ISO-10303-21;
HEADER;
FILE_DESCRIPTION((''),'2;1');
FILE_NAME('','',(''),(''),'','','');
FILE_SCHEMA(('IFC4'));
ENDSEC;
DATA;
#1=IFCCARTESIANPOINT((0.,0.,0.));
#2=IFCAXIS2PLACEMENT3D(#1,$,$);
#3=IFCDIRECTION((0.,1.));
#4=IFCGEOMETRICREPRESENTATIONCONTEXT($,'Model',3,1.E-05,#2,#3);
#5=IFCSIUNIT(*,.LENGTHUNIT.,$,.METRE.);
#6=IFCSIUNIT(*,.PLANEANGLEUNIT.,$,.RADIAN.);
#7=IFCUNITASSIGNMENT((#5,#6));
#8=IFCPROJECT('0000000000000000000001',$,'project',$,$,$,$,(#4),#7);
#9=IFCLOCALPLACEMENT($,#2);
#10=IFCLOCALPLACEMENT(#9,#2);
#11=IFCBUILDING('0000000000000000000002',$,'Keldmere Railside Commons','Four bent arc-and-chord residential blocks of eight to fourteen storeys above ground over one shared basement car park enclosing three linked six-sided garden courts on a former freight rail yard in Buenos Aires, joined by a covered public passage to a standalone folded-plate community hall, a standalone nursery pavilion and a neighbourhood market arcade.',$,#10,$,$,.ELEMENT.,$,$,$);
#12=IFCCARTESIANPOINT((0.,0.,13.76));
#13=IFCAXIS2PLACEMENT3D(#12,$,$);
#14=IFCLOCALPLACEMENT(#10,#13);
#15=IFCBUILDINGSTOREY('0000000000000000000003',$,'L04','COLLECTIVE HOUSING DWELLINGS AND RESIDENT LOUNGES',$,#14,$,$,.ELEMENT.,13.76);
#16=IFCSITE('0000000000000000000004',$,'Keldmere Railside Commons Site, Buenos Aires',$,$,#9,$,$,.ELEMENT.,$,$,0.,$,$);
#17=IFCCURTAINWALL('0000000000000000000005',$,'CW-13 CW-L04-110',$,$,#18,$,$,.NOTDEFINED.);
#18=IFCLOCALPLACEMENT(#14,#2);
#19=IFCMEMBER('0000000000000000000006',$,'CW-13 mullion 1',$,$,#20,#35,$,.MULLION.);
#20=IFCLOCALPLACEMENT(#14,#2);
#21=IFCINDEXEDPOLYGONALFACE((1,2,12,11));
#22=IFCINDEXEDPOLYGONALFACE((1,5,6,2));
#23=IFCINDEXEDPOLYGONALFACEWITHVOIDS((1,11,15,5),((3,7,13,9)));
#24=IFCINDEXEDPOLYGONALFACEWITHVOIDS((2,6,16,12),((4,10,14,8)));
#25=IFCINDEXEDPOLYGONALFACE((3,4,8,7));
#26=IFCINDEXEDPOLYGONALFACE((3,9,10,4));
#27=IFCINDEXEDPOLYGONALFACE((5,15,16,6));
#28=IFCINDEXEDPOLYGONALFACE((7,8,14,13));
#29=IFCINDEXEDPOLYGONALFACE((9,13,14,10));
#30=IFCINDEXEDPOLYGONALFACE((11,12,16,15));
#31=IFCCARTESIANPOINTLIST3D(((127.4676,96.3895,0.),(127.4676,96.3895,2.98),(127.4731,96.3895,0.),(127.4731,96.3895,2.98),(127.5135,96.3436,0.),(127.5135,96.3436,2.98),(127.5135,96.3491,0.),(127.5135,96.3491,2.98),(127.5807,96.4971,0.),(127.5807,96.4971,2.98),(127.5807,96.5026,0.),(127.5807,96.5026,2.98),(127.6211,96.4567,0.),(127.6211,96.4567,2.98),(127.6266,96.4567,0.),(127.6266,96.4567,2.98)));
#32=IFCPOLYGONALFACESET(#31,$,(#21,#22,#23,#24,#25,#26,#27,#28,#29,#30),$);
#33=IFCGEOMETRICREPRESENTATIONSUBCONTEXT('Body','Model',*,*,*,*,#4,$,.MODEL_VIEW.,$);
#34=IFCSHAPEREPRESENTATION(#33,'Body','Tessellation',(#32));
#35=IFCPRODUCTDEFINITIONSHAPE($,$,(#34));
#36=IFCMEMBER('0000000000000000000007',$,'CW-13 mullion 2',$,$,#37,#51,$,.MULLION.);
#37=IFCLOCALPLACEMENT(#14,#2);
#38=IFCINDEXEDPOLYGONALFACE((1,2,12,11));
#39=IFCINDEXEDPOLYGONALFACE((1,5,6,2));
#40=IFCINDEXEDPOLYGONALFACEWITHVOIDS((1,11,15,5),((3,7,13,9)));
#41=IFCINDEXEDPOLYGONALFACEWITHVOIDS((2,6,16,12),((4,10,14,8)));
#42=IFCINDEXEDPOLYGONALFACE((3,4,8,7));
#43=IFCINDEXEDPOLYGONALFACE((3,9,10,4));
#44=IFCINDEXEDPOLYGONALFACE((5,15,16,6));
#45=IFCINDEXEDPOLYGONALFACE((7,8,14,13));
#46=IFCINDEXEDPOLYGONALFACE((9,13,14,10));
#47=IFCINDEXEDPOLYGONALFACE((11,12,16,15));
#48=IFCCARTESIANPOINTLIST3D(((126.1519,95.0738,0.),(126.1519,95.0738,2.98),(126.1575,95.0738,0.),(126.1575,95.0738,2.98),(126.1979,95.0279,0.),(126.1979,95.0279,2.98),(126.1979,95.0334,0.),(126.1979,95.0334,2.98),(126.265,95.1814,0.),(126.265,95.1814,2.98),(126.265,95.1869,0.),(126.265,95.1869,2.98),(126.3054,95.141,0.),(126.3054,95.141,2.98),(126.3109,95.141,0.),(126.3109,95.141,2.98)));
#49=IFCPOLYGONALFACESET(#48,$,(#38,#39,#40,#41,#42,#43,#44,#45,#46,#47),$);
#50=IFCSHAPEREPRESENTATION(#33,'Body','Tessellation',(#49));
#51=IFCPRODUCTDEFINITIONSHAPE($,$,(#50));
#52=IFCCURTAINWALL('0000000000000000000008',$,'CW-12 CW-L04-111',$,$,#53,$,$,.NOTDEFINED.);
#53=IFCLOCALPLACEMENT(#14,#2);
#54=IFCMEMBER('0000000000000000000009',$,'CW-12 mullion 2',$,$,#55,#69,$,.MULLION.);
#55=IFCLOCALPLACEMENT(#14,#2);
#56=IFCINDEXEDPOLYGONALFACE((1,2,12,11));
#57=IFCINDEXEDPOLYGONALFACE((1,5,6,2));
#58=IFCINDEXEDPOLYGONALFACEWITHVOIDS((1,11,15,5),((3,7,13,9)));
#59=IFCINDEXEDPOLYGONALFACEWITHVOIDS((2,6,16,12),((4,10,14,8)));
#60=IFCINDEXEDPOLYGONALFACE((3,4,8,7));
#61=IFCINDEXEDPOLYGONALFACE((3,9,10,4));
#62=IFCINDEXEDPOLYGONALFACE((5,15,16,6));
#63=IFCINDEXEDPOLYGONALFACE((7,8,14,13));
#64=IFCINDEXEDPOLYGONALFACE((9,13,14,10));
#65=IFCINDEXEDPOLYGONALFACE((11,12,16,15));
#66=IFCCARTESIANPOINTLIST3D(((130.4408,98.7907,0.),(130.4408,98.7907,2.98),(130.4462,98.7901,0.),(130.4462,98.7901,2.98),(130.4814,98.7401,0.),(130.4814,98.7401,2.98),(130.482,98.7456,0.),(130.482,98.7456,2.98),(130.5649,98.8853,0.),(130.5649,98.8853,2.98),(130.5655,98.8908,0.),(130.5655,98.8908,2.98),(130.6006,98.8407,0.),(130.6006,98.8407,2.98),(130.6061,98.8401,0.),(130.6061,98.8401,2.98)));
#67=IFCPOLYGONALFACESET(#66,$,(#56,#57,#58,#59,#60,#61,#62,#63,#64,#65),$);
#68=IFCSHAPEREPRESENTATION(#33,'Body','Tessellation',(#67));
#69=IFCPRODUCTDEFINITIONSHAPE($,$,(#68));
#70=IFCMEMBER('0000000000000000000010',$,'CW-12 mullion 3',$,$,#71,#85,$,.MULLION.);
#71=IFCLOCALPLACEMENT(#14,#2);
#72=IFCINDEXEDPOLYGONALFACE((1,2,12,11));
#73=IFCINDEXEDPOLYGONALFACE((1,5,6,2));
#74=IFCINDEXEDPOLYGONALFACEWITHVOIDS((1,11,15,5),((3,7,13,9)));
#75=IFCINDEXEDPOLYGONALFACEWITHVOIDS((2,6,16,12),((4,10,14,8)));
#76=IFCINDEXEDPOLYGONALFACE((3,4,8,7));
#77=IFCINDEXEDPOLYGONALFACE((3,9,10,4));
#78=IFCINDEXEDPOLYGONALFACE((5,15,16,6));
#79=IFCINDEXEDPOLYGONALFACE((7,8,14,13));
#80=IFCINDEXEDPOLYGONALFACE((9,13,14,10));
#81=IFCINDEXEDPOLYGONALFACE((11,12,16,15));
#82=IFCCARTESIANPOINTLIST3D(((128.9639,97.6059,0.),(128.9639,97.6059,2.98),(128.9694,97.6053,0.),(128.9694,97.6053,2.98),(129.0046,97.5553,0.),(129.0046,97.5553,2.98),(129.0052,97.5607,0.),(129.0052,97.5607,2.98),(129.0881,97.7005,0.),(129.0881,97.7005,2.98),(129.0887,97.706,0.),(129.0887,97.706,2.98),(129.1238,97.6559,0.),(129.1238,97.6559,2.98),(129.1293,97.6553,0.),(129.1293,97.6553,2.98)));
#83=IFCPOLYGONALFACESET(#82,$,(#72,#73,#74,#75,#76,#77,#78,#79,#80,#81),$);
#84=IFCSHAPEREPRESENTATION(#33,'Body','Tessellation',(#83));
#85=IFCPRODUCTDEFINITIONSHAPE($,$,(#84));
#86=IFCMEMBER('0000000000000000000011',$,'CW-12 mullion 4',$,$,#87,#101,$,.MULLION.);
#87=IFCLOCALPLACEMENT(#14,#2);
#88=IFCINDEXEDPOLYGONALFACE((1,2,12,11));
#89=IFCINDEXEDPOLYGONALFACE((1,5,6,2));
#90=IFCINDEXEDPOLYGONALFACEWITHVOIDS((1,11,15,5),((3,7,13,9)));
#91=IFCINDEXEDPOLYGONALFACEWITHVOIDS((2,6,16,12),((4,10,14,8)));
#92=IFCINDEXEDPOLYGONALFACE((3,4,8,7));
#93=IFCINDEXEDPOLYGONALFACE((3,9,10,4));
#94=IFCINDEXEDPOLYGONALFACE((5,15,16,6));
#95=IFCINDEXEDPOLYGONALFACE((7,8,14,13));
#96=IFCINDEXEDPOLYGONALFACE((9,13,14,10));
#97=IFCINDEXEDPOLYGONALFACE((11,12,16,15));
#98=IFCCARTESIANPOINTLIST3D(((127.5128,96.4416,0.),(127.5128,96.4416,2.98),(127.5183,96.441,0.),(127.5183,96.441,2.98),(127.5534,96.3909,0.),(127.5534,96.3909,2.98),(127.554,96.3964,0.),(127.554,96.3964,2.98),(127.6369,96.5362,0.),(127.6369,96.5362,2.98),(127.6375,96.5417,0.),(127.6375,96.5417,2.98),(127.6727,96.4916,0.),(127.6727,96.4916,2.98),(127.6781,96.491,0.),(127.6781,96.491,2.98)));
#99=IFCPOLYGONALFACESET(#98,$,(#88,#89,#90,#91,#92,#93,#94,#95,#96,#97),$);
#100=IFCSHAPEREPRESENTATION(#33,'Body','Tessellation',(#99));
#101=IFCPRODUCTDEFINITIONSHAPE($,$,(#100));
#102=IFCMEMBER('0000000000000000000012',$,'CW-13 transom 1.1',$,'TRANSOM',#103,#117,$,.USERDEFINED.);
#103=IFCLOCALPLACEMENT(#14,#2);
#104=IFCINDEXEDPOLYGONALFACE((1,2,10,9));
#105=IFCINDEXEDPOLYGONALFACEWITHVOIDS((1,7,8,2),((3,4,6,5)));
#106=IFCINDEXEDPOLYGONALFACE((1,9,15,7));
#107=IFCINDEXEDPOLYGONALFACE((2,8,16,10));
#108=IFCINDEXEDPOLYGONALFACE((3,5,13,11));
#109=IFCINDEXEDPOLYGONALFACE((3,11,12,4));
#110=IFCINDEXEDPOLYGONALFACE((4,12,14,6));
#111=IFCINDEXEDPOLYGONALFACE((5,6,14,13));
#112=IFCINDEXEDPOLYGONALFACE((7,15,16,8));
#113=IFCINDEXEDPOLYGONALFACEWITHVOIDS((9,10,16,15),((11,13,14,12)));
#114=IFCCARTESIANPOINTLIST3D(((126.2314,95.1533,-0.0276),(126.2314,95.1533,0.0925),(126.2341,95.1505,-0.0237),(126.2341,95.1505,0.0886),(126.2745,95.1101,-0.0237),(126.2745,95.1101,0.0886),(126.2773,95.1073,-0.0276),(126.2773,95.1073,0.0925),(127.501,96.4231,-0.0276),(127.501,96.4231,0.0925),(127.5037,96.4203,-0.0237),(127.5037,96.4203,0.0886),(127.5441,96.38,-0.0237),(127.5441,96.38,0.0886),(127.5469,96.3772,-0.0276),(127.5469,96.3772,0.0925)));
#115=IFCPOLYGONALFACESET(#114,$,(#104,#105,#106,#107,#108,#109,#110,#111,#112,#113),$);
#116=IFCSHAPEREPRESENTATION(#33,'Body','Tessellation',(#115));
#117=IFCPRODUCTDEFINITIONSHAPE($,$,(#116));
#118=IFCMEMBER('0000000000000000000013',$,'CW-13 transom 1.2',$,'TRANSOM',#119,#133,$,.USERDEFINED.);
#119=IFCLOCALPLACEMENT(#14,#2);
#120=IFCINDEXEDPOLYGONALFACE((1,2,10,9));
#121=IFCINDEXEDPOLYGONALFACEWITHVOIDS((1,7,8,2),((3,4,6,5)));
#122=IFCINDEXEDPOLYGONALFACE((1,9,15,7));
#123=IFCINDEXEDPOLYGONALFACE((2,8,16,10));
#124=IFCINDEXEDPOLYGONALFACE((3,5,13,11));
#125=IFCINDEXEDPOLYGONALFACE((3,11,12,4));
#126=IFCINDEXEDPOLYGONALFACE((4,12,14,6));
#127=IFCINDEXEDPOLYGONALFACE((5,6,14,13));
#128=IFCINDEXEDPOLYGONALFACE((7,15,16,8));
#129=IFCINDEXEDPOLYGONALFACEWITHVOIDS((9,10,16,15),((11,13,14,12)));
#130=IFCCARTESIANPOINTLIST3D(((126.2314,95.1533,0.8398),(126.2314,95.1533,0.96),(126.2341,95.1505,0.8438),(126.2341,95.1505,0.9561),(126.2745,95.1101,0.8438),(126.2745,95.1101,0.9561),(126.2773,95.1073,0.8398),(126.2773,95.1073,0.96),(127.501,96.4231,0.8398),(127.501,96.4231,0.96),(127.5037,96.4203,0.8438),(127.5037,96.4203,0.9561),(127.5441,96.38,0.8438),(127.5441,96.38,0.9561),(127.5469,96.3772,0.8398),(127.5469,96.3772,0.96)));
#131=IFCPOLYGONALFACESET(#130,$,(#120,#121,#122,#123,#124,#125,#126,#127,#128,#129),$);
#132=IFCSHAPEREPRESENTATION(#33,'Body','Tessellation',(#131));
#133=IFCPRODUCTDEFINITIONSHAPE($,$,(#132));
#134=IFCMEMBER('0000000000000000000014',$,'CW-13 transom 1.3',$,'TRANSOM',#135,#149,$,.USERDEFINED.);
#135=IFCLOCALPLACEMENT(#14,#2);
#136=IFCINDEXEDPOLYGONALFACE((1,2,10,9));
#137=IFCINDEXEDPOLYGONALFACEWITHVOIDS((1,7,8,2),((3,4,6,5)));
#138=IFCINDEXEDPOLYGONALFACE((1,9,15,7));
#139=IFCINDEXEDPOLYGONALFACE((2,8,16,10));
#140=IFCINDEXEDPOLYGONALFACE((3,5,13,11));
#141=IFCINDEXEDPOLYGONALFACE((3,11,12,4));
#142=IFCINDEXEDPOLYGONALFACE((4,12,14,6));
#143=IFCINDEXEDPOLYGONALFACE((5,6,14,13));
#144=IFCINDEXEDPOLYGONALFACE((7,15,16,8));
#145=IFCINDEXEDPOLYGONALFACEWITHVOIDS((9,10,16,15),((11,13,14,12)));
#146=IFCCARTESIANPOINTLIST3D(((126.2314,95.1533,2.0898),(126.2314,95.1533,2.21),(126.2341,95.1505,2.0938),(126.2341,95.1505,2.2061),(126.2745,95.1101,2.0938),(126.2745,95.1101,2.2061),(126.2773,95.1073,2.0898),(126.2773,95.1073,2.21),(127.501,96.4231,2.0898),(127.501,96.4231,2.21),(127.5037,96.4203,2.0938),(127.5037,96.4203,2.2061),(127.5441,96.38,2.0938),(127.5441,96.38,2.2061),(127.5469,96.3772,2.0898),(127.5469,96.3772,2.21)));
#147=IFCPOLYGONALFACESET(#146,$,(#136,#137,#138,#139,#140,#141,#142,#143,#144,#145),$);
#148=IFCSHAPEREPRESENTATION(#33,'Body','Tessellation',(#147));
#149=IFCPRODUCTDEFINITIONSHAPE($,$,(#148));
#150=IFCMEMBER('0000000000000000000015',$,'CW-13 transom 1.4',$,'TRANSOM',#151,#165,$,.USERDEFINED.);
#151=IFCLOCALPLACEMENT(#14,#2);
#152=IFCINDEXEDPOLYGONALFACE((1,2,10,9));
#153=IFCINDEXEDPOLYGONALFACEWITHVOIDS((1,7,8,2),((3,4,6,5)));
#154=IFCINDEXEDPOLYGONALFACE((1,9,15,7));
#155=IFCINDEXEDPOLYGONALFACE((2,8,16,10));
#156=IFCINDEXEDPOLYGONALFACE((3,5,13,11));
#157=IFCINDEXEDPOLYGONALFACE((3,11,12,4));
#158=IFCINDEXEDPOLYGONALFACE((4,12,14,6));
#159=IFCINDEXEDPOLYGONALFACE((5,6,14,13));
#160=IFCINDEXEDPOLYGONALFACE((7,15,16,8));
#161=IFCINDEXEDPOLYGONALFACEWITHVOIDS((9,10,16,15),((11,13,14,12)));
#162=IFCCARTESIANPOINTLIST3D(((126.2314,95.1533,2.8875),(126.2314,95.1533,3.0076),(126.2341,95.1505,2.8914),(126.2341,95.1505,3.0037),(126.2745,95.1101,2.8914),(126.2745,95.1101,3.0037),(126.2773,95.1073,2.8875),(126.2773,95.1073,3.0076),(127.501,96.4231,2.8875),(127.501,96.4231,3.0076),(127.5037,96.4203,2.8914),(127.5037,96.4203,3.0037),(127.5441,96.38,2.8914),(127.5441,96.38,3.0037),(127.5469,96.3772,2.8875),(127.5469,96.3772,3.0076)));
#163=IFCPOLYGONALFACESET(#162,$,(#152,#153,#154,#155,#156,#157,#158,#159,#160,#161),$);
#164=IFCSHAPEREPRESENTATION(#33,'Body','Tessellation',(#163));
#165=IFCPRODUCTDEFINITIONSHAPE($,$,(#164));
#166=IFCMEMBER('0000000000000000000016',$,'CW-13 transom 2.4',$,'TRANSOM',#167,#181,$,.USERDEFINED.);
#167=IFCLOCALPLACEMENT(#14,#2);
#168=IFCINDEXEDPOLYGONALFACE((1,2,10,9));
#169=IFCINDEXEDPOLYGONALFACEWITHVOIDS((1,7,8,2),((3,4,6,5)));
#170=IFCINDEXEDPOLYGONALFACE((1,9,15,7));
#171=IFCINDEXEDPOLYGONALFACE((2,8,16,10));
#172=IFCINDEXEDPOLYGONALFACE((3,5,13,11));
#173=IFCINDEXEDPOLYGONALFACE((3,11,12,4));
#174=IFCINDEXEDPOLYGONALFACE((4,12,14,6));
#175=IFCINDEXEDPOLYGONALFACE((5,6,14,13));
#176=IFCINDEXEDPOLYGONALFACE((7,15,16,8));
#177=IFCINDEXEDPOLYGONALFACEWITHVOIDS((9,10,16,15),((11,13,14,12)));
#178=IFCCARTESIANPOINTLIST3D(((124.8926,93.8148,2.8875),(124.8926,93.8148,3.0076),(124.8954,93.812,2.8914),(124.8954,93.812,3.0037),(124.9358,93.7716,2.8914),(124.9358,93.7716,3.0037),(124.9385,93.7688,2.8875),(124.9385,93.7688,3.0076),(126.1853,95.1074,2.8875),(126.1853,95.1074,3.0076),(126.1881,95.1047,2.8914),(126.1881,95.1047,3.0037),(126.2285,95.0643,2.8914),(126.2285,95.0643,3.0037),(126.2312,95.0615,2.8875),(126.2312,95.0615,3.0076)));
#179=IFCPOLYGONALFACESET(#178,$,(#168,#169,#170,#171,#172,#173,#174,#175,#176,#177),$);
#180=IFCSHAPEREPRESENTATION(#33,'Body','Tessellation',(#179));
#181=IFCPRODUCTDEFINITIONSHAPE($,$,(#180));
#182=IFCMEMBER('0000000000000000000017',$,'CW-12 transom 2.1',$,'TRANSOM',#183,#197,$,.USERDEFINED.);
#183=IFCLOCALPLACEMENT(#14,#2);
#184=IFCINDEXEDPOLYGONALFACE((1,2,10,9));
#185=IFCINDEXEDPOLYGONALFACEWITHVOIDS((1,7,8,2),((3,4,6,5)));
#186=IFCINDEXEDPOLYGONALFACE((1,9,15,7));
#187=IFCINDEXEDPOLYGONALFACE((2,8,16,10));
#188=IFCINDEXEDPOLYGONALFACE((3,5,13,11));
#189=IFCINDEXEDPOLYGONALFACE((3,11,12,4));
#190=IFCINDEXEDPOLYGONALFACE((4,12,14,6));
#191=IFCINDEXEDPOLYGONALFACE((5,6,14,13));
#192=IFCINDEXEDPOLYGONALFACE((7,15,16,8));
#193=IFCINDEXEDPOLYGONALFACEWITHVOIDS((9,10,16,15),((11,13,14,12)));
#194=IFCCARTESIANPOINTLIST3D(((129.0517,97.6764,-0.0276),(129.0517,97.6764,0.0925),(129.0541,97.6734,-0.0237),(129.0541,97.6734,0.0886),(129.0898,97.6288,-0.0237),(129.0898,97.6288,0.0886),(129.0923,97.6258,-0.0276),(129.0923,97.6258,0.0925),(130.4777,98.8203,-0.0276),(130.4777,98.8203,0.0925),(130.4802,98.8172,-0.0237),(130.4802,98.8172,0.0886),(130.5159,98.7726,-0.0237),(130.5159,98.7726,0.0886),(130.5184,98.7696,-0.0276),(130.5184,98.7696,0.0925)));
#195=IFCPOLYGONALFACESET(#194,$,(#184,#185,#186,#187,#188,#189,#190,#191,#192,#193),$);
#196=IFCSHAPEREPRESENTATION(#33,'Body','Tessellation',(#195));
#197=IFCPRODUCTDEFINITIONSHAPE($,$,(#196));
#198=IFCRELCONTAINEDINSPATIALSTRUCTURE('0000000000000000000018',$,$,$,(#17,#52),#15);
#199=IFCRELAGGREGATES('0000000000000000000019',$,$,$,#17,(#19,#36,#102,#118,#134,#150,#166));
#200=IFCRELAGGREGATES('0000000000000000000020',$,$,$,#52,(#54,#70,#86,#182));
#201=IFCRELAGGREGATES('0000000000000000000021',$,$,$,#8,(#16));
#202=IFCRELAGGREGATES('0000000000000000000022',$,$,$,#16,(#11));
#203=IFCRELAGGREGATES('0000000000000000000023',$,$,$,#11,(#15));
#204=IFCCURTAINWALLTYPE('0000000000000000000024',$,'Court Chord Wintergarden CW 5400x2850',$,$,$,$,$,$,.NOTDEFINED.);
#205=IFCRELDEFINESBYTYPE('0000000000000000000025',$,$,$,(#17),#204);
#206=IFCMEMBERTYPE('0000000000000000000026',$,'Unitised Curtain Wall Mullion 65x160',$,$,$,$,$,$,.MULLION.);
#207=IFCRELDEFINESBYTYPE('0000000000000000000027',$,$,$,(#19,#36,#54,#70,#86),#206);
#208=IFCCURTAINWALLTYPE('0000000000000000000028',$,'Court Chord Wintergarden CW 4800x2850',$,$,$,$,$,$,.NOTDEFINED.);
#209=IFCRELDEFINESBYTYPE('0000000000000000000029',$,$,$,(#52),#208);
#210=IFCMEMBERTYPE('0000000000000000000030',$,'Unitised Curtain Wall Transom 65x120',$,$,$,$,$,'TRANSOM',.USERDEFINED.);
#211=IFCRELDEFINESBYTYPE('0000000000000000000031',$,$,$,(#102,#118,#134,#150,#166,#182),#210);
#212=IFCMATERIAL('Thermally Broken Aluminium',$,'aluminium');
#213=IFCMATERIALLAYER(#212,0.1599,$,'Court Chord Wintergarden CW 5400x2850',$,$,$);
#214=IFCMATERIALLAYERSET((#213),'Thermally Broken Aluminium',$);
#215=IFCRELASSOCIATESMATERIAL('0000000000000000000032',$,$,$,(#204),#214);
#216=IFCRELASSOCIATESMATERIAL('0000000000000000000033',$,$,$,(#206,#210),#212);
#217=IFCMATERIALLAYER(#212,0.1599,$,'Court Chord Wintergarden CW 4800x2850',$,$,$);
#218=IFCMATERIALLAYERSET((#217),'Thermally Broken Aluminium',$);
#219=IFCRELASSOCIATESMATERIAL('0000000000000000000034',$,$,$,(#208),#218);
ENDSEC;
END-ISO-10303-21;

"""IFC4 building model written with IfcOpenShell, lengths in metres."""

from ifc_helpers import new_model, si_unit, direction, frame, origin, origin_2d, place, context, subcontext, project, spatial, hollow_rectangle, extrude, material, layer, layer_set, material_profile, profile_set, type_object, element, aggregate, save


model = new_model("IFC4")

# Units and contexts
model_context = context("Model", 3, precision=1e-05, world=origin(), true_north=direction((0.0, 1.0)))
body_context = subcontext(model_context, "Body", "Model", "MODEL_VIEW")
ifc_project = project(units=[si_unit("LENGTHUNIT", "METRE"), si_unit("PLANEANGLEUNIT", "RADIAN")], contexts=[model_context])

# Site, building, storey
site_placement = place(None, origin())
site = spatial("IfcSite", under=ifc_project, at=site_placement, Name="Keldmere Railside Commons Site, Buenos Aires", CompositionType="ELEMENT", RefElevation=0.0)
building_placement = place(site_placement, origin())
building = spatial("IfcBuilding", under=site, at=building_placement, Name="Keldmere Railside Commons", Description="Four bent arc-and-chord residential blocks of eight to fourteen storeys above ground over one shared basement car park enclosing three linked six-sided garden courts on a former freight rail yard in Buenos Aires, joined by a covered public passage to a standalone folded-plate community hall, a standalone nursery pavilion and a neighbourhood market arcade.", CompositionType="ELEMENT")
storey_placement = place(building_placement, frame((0.0, 0.0, 13.76)))
storey = spatial("IfcBuildingStorey", under=building, at=storey_placement, Name="L04", Description="COLLECTIVE HOUSING DWELLINGS AND RESIDENT LOUNGES", CompositionType="ELEMENT", Elevation=13.76)

# Curtain walls, members
ifc_material_1 = material(Name="Thermally Broken Aluminium", Category="aluminium")
ifc_layer_1 = layer(ifc_material_1, 0.1599, Name="Court Chord Wintergarden CW 5400x2850")
ifc_layer_set_1 = layer_set([ifc_layer_1], Name="Thermally Broken Aluminium")
curtain_wall_type_1 = type_object("IfcCurtainWallType", Name="Court Chord Wintergarden CW 5400x2850", PredefinedType="NOTDEFINED", material=ifc_layer_set_1)
curtain_wall_1_placement = place(storey_placement, origin())
curtain_wall_1 = element("IfcCurtainWall", 1, at=curtain_wall_1_placement, inside=storey, type_object=curtain_wall_type_1, Name="CW-13 CW-L04-110", PredefinedType="NOTDEFINED")
ifc_material_profile_1 = material_profile(ifc_material_1, hollow_rectangle(XDim=0.0649, YDim=0.1599, WallThickness=0.0039, at=origin_2d()), Name="ALU-MULL-65x160")
ifc_profile_set_1 = profile_set([ifc_material_profile_1], Name="Thermally Broken Aluminium")
member_type_1 = type_object("IfcMemberType", Name="Unitised Curtain Wall Mullion 65x160", PredefinedType="MULLION", material=ifc_profile_set_1)
member_1_placement = place(storey_placement, frame((127.5471, 96.4231, 0.0), z_axis=(0.0, 0.0, 1.0), x_axis=(0.707107, -0.707107, 0.0)))
member_1 = element("IfcMember", 2, at=member_1_placement, type_object=member_type_1, Name="CW-13 mullion 1", PredefinedType="MULLION", context=body_context, shape_type="SweptSolid", body=[
    extrude(hollow_rectangle(XDim=0.0649, YDim=0.1599, WallThickness=0.0039, at=origin_2d()), origin(), (0.0, 0.0, 1.0), 2.98),
])
member_2_placement = place(storey_placement, frame((126.2314, 95.1074, 0.0), z_axis=(0.0, 0.0, 1.0), x_axis=(0.707107, -0.707107, 0.0)))
member_2 = element("IfcMember", 3, at=member_2_placement, type_object=member_type_1, Name="CW-13 mullion 2", PredefinedType="MULLION", context=body_context, shape_type="SweptSolid", body=[
    extrude(hollow_rectangle(XDim=0.0649, YDim=0.1599, WallThickness=0.0039, at=origin_2d()), origin(), (0.0, 0.0, 1.0), 2.98),
])
ifc_layer_2 = layer(ifc_material_1, 0.1599, Name="Court Chord Wintergarden CW 4800x2850")
ifc_layer_set_2 = layer_set([ifc_layer_2], Name="Thermally Broken Aluminium")
curtain_wall_type_2 = type_object("IfcCurtainWallType", Name="Court Chord Wintergarden CW 4800x2850", PredefinedType="NOTDEFINED", material=ifc_layer_set_2)
curtain_wall_2_placement = place(storey_placement, origin())
curtain_wall_2 = element("IfcCurtainWall", 4, at=curtain_wall_2_placement, inside=storey, type_object=curtain_wall_type_2, Name="CW-12 CW-L04-111", PredefinedType="NOTDEFINED")
member_3_placement = place(storey_placement, frame((130.5234, 98.8154, 0.0), z_axis=(0.0, 0.0, 1.0), x_axis=(0.625768, -0.780009, 0.0)))
member_3 = element("IfcMember", 5, at=member_3_placement, type_object=member_type_1, Name="CW-12 mullion 2", PredefinedType="MULLION", context=body_context, shape_type="SweptSolid", body=[
    extrude(hollow_rectangle(XDim=0.0649, YDim=0.1599, WallThickness=0.0039, at=origin_2d()), origin(), (0.0, 0.0, 1.0), 2.98),
])
member_4_placement = place(storey_placement, frame((129.0466, 97.6306, 0.0), z_axis=(0.0, 0.0, 1.0), x_axis=(0.625768, -0.780009, 0.0)))
member_4 = element("IfcMember", 6, at=member_4_placement, type_object=member_type_1, Name="CW-12 mullion 3", PredefinedType="MULLION", context=body_context, shape_type="SweptSolid", body=[
    extrude(hollow_rectangle(XDim=0.0649, YDim=0.1599, WallThickness=0.0039, at=origin_2d()), origin(), (0.0, 0.0, 1.0), 2.98),
])
member_5_placement = place(storey_placement, frame((127.5955, 96.4663, 0.0), z_axis=(0.0, 0.0, 1.0), x_axis=(0.625768, -0.780009, 0.0)))
member_5 = element("IfcMember", 7, at=member_5_placement, type_object=member_type_1, Name="CW-12 mullion 4", PredefinedType="MULLION", context=body_context, shape_type="SweptSolid", body=[
    extrude(hollow_rectangle(XDim=0.0649, YDim=0.1599, WallThickness=0.0039, at=origin_2d()), origin(), (0.0, 0.0, 1.0), 2.98),
])

# Members
ifc_material_profile_2 = material_profile(ifc_material_1, hollow_rectangle(XDim=0.0649, YDim=0.1201, WallThickness=0.0039, at=origin_2d()), Name="ALU-TRAN-65x120")
ifc_profile_set_2 = profile_set([ifc_material_profile_2], Name="Thermally Broken Aluminium")
member_type_2 = type_object("IfcMemberType", Name="Unitised Curtain Wall Transom 65x120", ElementType="TRANSOM", PredefinedType="USERDEFINED", material=ifc_profile_set_2)
member_6_placement = place(storey_placement, frame((127.5239, 96.4001, 0.0325), z_axis=(-0.707039, -0.707175, 0.0), x_axis=(0.707175, -0.707039, 0.0)))
member_6 = element("IfcMember", 8, at=member_6_placement, type_object=member_type_2, Name="CW-13 transom 1.1", ObjectType="TRANSOM", PredefinedType="USERDEFINED", context=body_context, shape_type="SweptSolid", body=[
    extrude(hollow_rectangle(XDim=0.0649, YDim=0.1201, WallThickness=0.0039, at=origin_2d()), origin(), (0.0, 0.0, 1.0), 1.7957),
])
member_7_placement = place(storey_placement, frame((127.5239, 96.4001, 0.8999), z_axis=(-0.707039, -0.707175, 0.0), x_axis=(0.707175, -0.707039, 0.0)))
member_7 = element("IfcMember", 9, at=member_7_placement, type_object=member_type_2, Name="CW-13 transom 1.2", ObjectType="TRANSOM", PredefinedType="USERDEFINED", context=body_context, shape_type="SweptSolid", body=[
    extrude(hollow_rectangle(XDim=0.0649, YDim=0.1201, WallThickness=0.0039, at=origin_2d()), origin(), (0.0, 0.0, 1.0), 1.7957),
])
member_8_placement = place(storey_placement, frame((127.5239, 96.4001, 2.1499), z_axis=(-0.707039, -0.707175, 0.0), x_axis=(0.707175, -0.707039, 0.0)))
member_8 = element("IfcMember", 10, at=member_8_placement, type_object=member_type_2, Name="CW-13 transom 1.3", ObjectType="TRANSOM", PredefinedType="USERDEFINED", context=body_context, shape_type="SweptSolid", body=[
    extrude(hollow_rectangle(XDim=0.0649, YDim=0.1201, WallThickness=0.0039, at=origin_2d()), origin(), (0.0, 0.0, 1.0), 1.7957),
])
member_9_placement = place(storey_placement, frame((127.5239, 96.4001, 2.9475), z_axis=(-0.707039, -0.707175, 0.0), x_axis=(0.707175, -0.707039, 0.0)))
member_9 = element("IfcMember", 11, at=member_9_placement, type_object=member_type_2, Name="CW-13 transom 1.4", ObjectType="TRANSOM", PredefinedType="USERDEFINED", context=body_context, shape_type="SweptSolid", body=[
    extrude(hollow_rectangle(XDim=0.0649, YDim=0.1201, WallThickness=0.0039, at=origin_2d()), origin(), (0.0, 0.0, 1.0), 1.7957),
])
member_10_placement = place(storey_placement, frame((126.2083, 95.0845, 2.9475), z_axis=(-0.707107, -0.707107, 0.0), x_axis=(0.707107, -0.707107, 0.0)))
member_10 = element("IfcMember", 12, at=member_10_placement, type_object=member_type_2, Name="CW-13 transom 2.4", ObjectType="TRANSOM", PredefinedType="USERDEFINED", context=body_context, shape_type="SweptSolid", body=[
    extrude(hollow_rectangle(XDim=0.0649, YDim=0.1201, WallThickness=0.0039, at=origin_2d()), origin(), (0.0, 0.0, 1.0), 1.8281),
])
member_11_placement = place(storey_placement, frame((130.498, 98.7949, 0.0325), z_axis=(-0.780073, -0.625688, 0.0), x_axis=(0.625688, -0.780073, 0.0)))
member_11 = element("IfcMember", 13, at=member_11_placement, type_object=member_type_2, Name="CW-12 transom 2.1", ObjectType="TRANSOM", PredefinedType="USERDEFINED", context=body_context, shape_type="SweptSolid", body=[
    extrude(hollow_rectangle(XDim=0.0649, YDim=0.1201, WallThickness=0.0039, at=origin_2d()), origin(), (0.0, 0.0, 1.0), 1.8281),
])

aggregate(curtain_wall_1, [member_1, member_2, member_6, member_7, member_8, member_9, member_10])
aggregate(curtain_wall_2, [member_3, member_4, member_5, member_11])

save(model, "model.ifc")
